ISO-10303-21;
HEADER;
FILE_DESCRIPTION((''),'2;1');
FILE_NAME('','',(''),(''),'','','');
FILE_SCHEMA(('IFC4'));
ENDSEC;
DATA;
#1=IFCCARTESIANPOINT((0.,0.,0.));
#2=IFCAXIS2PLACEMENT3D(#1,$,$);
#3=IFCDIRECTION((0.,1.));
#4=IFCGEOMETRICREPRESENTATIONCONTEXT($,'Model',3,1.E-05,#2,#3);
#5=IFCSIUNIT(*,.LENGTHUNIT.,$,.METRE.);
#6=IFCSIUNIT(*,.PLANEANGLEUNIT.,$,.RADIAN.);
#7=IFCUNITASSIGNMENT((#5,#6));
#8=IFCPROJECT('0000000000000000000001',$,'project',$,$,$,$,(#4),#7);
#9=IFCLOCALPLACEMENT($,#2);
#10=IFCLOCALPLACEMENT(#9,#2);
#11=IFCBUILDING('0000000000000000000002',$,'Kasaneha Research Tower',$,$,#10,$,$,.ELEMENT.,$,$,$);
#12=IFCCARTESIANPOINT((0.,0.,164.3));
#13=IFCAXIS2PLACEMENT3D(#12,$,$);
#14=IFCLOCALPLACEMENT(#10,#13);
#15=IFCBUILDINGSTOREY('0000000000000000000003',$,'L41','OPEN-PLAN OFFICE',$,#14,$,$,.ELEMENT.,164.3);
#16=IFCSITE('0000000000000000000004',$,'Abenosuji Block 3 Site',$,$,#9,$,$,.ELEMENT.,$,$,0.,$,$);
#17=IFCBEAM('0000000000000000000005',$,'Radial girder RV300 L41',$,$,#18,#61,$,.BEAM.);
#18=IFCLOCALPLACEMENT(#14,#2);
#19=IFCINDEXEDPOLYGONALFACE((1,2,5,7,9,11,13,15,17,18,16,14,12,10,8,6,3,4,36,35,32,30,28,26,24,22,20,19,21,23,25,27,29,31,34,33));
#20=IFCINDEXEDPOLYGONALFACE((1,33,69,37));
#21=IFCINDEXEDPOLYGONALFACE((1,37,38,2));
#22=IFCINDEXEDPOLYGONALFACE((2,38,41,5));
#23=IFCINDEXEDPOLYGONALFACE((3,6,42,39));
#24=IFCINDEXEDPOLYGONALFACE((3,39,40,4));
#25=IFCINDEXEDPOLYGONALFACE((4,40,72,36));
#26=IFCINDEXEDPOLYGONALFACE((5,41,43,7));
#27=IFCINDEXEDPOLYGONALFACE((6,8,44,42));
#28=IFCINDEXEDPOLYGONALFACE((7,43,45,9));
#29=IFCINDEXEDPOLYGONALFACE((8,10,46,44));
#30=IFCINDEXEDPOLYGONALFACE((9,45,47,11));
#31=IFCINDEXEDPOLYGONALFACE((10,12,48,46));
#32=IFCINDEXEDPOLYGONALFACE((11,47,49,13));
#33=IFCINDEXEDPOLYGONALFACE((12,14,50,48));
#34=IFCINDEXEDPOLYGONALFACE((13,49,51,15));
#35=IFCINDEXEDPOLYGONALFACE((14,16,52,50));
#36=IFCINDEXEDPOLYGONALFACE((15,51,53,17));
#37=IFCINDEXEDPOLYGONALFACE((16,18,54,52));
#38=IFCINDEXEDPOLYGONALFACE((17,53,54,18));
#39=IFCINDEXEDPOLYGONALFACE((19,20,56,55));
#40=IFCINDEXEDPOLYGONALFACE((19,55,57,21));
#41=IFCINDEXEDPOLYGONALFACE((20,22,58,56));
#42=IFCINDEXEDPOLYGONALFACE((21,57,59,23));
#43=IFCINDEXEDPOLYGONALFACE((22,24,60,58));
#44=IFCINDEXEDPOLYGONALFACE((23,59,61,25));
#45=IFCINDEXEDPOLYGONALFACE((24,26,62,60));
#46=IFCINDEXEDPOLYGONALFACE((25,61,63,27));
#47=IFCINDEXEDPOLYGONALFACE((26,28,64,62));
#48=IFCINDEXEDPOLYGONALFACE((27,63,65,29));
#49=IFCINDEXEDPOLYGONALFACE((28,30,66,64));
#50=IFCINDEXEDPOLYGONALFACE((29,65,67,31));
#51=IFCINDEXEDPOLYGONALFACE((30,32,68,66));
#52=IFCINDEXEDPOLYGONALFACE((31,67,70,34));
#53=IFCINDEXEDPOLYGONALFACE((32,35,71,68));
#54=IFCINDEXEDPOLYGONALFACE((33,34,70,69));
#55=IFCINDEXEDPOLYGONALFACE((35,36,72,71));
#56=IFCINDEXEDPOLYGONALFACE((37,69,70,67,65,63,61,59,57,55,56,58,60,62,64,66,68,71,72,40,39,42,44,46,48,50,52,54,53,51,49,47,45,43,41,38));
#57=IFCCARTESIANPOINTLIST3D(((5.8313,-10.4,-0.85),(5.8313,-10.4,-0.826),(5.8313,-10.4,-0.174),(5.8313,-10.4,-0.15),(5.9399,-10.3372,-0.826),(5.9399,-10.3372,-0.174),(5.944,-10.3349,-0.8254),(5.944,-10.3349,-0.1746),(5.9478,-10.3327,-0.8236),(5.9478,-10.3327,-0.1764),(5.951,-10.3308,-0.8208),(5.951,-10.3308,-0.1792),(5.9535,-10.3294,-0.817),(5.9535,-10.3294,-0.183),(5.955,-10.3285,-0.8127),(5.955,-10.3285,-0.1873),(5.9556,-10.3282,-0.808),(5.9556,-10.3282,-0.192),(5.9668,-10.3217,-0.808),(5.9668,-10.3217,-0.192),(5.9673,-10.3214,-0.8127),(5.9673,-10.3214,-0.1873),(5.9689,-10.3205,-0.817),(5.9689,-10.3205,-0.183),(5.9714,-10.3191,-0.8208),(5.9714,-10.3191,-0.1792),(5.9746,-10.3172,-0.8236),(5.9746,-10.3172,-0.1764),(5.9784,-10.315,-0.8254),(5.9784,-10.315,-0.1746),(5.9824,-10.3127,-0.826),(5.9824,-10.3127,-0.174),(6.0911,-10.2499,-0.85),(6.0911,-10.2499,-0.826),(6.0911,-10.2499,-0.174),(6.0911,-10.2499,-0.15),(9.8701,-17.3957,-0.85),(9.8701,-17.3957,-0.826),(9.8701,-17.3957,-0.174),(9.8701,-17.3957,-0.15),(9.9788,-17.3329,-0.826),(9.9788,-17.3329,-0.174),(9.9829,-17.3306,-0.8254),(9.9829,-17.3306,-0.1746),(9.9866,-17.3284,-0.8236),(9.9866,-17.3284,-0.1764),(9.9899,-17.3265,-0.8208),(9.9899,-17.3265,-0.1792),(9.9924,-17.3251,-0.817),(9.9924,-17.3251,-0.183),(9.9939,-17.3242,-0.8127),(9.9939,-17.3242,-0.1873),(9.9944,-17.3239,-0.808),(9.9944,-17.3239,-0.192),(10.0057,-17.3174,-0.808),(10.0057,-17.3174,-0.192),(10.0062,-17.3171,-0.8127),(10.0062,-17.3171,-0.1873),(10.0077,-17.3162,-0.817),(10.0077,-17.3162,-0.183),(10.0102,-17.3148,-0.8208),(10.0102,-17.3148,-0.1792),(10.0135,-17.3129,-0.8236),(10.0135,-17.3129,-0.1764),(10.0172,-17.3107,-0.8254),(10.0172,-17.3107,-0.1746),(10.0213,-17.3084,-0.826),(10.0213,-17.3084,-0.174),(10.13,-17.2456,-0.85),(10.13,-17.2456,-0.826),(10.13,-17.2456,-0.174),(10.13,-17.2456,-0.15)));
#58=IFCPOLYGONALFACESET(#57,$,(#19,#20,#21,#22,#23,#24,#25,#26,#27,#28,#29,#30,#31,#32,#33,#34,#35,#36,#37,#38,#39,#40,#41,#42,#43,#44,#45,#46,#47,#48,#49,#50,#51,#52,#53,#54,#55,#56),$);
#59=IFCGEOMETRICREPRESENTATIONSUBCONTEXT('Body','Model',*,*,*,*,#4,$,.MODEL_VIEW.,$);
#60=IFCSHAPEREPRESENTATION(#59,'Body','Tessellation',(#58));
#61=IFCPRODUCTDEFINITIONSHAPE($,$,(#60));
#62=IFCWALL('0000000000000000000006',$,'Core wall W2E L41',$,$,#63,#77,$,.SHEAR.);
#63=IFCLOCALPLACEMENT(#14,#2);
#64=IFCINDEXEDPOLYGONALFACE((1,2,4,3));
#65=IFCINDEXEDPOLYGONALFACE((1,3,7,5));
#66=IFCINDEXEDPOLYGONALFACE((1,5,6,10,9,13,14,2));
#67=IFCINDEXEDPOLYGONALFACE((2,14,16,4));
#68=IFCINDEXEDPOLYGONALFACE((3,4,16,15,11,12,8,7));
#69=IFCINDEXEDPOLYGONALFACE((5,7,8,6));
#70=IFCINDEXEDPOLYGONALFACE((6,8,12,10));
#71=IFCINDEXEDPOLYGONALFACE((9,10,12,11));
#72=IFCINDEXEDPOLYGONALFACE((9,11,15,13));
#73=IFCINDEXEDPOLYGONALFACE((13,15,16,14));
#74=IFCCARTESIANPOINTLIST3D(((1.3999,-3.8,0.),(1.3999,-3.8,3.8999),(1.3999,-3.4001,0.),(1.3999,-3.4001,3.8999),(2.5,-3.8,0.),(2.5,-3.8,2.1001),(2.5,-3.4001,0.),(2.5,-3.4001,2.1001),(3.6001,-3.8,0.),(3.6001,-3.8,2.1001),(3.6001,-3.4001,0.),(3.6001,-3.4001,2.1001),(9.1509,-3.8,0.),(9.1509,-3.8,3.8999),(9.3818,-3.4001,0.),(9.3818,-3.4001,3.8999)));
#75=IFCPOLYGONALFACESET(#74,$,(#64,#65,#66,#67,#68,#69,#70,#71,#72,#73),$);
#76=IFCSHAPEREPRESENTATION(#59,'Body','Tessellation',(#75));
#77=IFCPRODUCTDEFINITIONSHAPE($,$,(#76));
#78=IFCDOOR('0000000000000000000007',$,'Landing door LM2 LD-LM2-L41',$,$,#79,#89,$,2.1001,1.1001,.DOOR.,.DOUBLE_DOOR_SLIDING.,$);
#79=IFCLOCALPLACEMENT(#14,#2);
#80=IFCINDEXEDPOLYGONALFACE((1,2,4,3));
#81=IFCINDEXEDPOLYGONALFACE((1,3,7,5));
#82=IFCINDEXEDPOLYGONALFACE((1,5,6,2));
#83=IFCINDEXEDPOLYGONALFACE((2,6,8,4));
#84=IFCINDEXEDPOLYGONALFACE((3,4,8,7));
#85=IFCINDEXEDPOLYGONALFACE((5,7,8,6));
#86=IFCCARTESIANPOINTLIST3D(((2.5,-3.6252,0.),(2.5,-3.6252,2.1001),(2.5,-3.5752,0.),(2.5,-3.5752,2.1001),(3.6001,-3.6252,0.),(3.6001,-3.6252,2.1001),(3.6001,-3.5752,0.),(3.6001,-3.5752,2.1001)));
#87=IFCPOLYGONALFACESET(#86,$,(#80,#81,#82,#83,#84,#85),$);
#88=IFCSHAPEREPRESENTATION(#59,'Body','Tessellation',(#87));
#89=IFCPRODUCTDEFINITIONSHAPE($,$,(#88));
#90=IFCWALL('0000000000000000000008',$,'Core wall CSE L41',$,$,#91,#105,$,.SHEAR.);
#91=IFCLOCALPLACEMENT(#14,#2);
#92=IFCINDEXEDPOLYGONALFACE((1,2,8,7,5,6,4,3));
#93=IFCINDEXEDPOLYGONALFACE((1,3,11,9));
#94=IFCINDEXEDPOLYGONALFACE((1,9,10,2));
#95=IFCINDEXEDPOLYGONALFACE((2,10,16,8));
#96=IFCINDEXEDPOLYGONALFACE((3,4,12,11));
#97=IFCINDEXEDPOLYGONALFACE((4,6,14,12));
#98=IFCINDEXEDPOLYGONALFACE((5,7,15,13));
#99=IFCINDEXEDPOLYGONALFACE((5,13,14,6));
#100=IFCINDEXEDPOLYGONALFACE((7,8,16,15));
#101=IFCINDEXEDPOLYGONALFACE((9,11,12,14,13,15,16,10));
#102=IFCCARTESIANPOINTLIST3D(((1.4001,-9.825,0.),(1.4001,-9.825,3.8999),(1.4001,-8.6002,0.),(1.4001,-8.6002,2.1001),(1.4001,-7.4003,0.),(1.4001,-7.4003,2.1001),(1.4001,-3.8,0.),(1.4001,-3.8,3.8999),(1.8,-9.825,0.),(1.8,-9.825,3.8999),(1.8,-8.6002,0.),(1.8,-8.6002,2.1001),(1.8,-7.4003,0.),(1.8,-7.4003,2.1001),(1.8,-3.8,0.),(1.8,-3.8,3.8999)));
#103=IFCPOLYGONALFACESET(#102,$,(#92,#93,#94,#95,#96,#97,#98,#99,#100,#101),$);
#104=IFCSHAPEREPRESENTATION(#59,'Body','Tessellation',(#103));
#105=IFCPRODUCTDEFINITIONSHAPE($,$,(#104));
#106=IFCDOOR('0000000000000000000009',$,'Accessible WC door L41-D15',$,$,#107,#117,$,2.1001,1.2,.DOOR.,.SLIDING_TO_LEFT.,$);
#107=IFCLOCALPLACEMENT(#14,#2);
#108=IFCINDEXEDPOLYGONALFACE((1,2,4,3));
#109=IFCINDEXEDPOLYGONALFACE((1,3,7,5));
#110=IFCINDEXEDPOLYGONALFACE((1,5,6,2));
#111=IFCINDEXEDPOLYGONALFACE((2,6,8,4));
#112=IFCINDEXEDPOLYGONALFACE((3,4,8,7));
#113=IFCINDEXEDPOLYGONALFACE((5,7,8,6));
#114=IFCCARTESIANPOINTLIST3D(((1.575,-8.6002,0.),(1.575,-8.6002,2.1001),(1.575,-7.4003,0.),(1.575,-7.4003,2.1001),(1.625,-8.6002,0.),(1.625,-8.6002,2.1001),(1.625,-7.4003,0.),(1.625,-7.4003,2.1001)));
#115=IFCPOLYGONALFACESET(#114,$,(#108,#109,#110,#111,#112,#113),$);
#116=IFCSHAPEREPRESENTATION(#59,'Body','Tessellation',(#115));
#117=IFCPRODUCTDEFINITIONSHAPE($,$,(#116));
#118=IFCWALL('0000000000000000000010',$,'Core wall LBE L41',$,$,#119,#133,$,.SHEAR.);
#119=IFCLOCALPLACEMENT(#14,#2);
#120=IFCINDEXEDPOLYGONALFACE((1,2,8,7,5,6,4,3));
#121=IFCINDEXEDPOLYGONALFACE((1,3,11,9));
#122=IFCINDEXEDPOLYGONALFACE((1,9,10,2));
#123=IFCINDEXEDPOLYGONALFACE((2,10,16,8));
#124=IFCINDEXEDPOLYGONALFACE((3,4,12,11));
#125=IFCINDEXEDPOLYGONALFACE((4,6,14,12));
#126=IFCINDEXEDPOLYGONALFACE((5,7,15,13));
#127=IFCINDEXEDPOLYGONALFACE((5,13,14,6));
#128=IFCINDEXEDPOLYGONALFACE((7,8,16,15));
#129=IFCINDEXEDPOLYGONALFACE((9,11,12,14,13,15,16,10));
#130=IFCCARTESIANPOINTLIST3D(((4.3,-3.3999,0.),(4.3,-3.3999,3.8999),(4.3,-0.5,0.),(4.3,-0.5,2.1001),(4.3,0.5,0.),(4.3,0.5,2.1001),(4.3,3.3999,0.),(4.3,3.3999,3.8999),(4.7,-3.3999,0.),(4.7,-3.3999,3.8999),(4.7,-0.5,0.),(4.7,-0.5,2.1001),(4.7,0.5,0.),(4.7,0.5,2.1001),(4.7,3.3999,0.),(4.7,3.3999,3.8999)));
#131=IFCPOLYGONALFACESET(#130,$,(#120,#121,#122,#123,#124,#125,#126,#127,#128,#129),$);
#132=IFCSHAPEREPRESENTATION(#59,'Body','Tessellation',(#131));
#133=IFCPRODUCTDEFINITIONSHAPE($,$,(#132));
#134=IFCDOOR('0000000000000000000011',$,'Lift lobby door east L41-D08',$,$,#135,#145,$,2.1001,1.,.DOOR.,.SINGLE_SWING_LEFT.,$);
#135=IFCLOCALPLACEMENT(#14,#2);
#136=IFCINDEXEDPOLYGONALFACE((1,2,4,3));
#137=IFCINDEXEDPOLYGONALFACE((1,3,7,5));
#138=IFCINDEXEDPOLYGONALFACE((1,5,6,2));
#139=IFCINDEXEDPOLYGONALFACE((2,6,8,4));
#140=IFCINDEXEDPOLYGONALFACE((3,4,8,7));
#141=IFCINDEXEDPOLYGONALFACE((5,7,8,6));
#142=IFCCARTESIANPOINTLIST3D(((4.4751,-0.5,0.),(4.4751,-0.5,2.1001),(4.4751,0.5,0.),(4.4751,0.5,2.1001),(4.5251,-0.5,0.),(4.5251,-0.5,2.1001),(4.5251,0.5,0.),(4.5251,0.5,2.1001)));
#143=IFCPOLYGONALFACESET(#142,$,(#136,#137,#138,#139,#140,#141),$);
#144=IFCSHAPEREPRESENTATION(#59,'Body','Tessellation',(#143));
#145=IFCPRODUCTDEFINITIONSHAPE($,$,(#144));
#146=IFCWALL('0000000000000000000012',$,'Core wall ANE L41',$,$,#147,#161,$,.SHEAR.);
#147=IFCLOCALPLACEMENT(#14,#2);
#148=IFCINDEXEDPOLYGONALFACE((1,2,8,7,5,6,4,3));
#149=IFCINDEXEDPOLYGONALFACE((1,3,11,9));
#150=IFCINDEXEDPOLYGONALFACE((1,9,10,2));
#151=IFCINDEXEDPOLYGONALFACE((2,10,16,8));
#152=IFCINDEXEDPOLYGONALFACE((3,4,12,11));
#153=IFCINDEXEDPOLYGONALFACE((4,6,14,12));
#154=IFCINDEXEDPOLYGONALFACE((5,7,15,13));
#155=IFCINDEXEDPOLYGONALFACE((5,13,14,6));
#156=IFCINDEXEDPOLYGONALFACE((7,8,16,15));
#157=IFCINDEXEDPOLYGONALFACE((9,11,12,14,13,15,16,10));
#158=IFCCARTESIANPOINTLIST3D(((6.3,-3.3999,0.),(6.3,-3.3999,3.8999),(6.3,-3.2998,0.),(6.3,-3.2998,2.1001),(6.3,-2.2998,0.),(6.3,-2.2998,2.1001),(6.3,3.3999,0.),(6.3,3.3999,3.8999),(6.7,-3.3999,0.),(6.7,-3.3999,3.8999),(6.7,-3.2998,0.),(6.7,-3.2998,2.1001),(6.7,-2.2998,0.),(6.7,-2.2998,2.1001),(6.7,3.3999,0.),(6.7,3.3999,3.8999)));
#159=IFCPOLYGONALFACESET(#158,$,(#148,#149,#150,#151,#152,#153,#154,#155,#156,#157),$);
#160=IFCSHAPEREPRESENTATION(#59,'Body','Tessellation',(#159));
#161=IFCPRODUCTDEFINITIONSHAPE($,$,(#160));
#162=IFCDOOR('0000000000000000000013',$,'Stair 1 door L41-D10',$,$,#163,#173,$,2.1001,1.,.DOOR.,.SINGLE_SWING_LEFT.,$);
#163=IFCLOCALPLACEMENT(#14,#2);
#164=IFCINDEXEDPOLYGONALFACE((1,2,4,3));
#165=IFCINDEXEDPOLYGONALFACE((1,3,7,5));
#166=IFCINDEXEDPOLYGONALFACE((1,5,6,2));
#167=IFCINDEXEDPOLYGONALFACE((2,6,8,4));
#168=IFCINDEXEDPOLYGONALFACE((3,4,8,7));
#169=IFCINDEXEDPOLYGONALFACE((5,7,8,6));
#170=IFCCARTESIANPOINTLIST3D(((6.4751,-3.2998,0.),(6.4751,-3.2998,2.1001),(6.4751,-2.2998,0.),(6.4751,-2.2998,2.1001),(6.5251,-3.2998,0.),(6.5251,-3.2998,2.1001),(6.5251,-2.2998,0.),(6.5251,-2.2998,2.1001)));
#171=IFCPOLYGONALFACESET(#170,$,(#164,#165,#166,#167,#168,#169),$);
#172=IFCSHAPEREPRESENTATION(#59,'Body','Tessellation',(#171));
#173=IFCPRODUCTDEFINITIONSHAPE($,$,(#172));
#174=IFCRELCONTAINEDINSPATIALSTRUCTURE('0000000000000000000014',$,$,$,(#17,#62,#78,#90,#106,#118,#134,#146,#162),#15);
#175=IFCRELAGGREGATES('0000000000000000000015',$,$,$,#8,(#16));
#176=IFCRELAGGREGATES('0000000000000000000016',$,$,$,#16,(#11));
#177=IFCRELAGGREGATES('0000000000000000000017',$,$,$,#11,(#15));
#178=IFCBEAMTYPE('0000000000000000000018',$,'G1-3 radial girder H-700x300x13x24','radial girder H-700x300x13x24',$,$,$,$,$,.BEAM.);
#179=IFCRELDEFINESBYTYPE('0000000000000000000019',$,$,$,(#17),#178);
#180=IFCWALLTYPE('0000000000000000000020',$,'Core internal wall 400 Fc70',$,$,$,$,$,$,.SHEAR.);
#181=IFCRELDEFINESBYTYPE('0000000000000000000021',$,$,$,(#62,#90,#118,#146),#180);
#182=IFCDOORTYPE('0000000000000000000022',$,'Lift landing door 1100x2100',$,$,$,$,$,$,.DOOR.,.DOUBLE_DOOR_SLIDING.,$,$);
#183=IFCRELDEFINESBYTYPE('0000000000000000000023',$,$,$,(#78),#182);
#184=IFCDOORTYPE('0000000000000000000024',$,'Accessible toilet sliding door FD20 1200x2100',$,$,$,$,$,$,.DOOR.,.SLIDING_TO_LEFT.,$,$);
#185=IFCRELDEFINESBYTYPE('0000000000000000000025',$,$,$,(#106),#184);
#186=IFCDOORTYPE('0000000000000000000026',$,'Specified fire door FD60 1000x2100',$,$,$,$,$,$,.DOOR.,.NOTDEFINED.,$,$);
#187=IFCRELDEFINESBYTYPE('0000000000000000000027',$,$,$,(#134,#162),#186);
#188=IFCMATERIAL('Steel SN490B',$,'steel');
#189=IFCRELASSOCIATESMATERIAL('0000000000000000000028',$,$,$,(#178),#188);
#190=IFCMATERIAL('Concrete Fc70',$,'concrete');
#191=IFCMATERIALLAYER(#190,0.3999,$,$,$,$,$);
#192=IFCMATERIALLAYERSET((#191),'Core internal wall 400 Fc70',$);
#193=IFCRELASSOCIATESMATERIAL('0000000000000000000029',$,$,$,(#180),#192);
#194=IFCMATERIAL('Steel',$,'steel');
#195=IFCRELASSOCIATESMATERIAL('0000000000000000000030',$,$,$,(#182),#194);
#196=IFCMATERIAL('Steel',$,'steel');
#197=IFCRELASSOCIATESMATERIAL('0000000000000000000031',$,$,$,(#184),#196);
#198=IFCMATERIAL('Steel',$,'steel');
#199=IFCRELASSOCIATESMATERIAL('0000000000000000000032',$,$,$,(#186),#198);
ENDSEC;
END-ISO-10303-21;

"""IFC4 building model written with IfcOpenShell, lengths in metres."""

from ifc_helpers import new_model, si_unit, direction, frame, frame_2d, origin, origin_2d, place, context, subcontext, project, spatial, polyline, rectangle, i_section, outline, extrude, material, layer, layer_set, material_profile, profile_set, type_object, element, fill, save


model = new_model("IFC4")

# Units and contexts
model_context = context("Model", 3, precision=1e-05, world=origin(), true_north=direction((0.0, 1.0)))
body_context = subcontext(model_context, "Body", "Model", "MODEL_VIEW")
ifc_project = project(units=[si_unit("LENGTHUNIT", "METRE"), si_unit("PLANEANGLEUNIT", "RADIAN")], contexts=[model_context])

# Site, building, storey
site_placement = place(None, origin())
site = spatial("IfcSite", under=ifc_project, at=site_placement, Name="Abenosuji Block 3 Site", CompositionType="ELEMENT", RefElevation=0.0)
building_placement = place(site_placement, origin())
building = spatial("IfcBuilding", under=site, at=building_placement, Name="Kasaneha Research Tower", CompositionType="ELEMENT")
storey_placement = place(building_placement, frame((0.0, 0.0, 164.3)))
storey = spatial("IfcBuildingStorey", under=building, at=storey_placement, Name="L41", Description="OPEN-PLAN OFFICE", CompositionType="ELEMENT", Elevation=164.3)

# Beam
ifc_material_1 = material(Name="Steel SN490B", Category="steel")
ifc_material_profile_1 = material_profile(ifc_material_1, i_section(OverallWidth=0.3, OverallDepth=0.7, WebThickness=0.0129, FlangeThickness=0.0239, FilletRadius=0.0181, at=origin_2d()), Name="H-700x300x13x24")
ifc_profile_set_1 = profile_set([ifc_material_profile_1], Name="Steel SN490B")
beam_type_1 = type_object("IfcBeamType", Name="G1-3 radial girder H-700x300x13x24", Description="radial girder H-700x300x13x24", PredefinedType="BEAM", material=ifc_profile_set_1)
beam_1_placement = place(storey_placement, frame((5.9612, -10.325, -0.5), z_axis=(0.499991, -0.866031, 0.0), x_axis=(0.866031, 0.499991, 0.0)))
element("IfcBeam", 1, at=beam_1_placement, inside=storey, type_object=beam_type_1, Name="Radial girder RV300 L41", PredefinedType="BEAM", context=body_context, shape_type="SweptSolid", body=[
    extrude(i_section(OverallWidth=0.3, OverallDepth=0.7, WebThickness=0.0129, FlangeThickness=0.0239, FilletRadius=0.0181, at=origin_2d()), origin(), (0.0, 0.0, 1.0), 8.0779),
])

# Walls, openings, doors
ifc_material_2 = material(Name="Concrete Fc70", Category="concrete")
ifc_layer_1 = layer(ifc_material_2, 0.3999)
ifc_layer_set_1 = layer_set([ifc_layer_1], Name="Core internal wall 400 Fc70")
wall_type_1 = type_object("IfcWallType", Name="Core internal wall 400 Fc70", PredefinedType="SHEAR", material=ifc_layer_set_1)
wall_1_placement = place(storey_placement, frame((1.3999, -3.6001, 0.0), z_axis=(0.0, 0.0, 1.0), x_axis=(1.0, 0.0, 0.0)))
wall_1 = element("IfcWall", 2, at=wall_1_placement, inside=storey, type_object=wall_type_1, Name="Core wall W2E L41", PredefinedType="SHEAR", context=body_context, shape_type="SweptSolid", body=[
    extrude(outline(polyline([(0.0, -0.2), (1.1001, -0.2), (2.2002, -0.2), (7.751, -0.2), (7.9819, 0.2), (2.2002, 0.2), (1.1001, 0.2), (0.0, 0.2), (0.0, -0.2)])), origin(), (0.0, 0.0, 1.0), 3.8999),
])
opening_1_placement = place(wall_1_placement, frame((1.1001, 0.0, 0.0)))
opening_1 = element("IfcOpeningElement", 3, at=opening_1_placement, cuts=wall_1, PredefinedType="OPENING", context=body_context, shape_type="SweptSolid", body=[
    extrude(rectangle(XDim=1.1001, YDim=2.1001, at=frame_2d((0.55, 1.05))), frame((0.0, 0.21, 0.0), z_axis=(0.0, -1.0, 0.0), x_axis=(1.0, 0.0, 0.0)), (0.0, 0.0, 1.0), 0.4199),
])
ifc_material_3 = material(Name="Steel", Category="steel")
door_type_1 = type_object("IfcDoorType", Name="Lift landing door 1100x2100", OperationType="DOUBLE_DOOR_SLIDING", PredefinedType="DOOR", material=ifc_material_3)
door_1_placement = place(opening_1_placement, origin())
door_1 = element("IfcDoor", 4, at=door_1_placement, inside=storey, type_object=door_type_1, Name="Landing door LM2 LD-LM2-L41", OperationType="DOUBLE_DOOR_SLIDING", OverallHeight=2.1001, OverallWidth=1.1001, PredefinedType="DOOR", context=body_context, shape_type="SweptSolid", body=[
    extrude(rectangle(XDim=1.1001, YDim=2.1001, at=frame_2d((0.55, 1.05))), frame((0.0, 0.0249, 0.0), z_axis=(0.0, -1.0, 0.0), x_axis=(1.0, 0.0, 0.0)), (0.0, 0.0, 1.0), 0.05),
])
fill(opening_1, door_1)
wall_2_placement = place(storey_placement, frame((1.6001, -3.8, 0.0), z_axis=(0.0, 0.0, 1.0), x_axis=(0.0, -1.0, 0.0)))
wall_2 = element("IfcWall", 5, at=wall_2_placement, inside=storey, type_object=wall_type_1, Name="Core wall CSE L41", PredefinedType="SHEAR", context=body_context, shape_type="SweptSolid", body=[
    extrude(rectangle(XDim=6.0249, YDim=0.3999, at=frame_2d((3.0125, 0.0))), origin(), (0.0, 0.0, 1.0), 3.8999),
])
opening_2_placement = place(wall_2_placement, frame((3.6001, 0.0, 0.0)))
opening_2 = element("IfcOpeningElement", 6, at=opening_2_placement, cuts=wall_2, PredefinedType="OPENING", context=body_context, shape_type="SweptSolid", body=[
    extrude(rectangle(XDim=1.2, YDim=2.1001, at=frame_2d((0.6001, 1.05))), frame((0.0, 0.21, 0.0), z_axis=(0.0, -1.0, 0.0), x_axis=(1.0, 0.0, 0.0)), (0.0, 0.0, 1.0), 0.4199),
])
ifc_material_4 = material(Name="Steel", Category="steel")
door_type_2 = type_object("IfcDoorType", Name="Accessible toilet sliding door FD20 1200x2100", OperationType="SLIDING_TO_LEFT", PredefinedType="DOOR", material=ifc_material_4)
door_2_placement = place(opening_2_placement, origin())
door_2 = element("IfcDoor", 7, at=door_2_placement, inside=storey, type_object=door_type_2, Name="Accessible WC door L41-D15", OperationType="SLIDING_TO_LEFT", OverallHeight=2.1001, OverallWidth=1.2, PredefinedType="DOOR", context=body_context, shape_type="SweptSolid", body=[
    extrude(rectangle(XDim=1.2, YDim=2.1001, at=frame_2d((0.6001, 1.05))), frame((0.0, 0.0249, 0.0), z_axis=(0.0, -1.0, 0.0), x_axis=(1.0, 0.0, 0.0)), (0.0, 0.0, 1.0), 0.05),
])
fill(opening_2, door_2)
wall_3_placement = place(storey_placement, frame((4.5, -3.3999, 0.0), z_axis=(0.0, 0.0, 1.0), x_axis=(0.0, 1.0, 0.0)))
wall_3 = element("IfcWall", 8, at=wall_3_placement, inside=storey, type_object=wall_type_1, Name="Core wall LBE L41", PredefinedType="SHEAR", context=body_context, shape_type="SweptSolid", body=[
    extrude(rectangle(XDim=6.7998, YDim=0.3999, at=frame_2d((3.3999, 0.0))), origin(), (0.0, 0.0, 1.0), 3.8999),
])
opening_3_placement = place(wall_3_placement, frame((2.8999, 0.0, 0.0)))
opening_3 = element("IfcOpeningElement", 9, at=opening_3_placement, cuts=wall_3, PredefinedType="OPENING", context=body_context, shape_type="SweptSolid", body=[
    extrude(rectangle(XDim=1.0, YDim=2.1001, at=frame_2d((0.5, 1.05))), frame((0.0, 0.21, 0.0), z_axis=(0.0, -1.0, 0.0), x_axis=(1.0, 0.0, 0.0)), (0.0, 0.0, 1.0), 0.4199),
])
ifc_material_5 = material(Name="Steel", Category="steel")
door_type_3 = type_object("IfcDoorType", Name="Specified fire door FD60 1000x2100", OperationType="NOTDEFINED", PredefinedType="DOOR", material=ifc_material_5)
door_3_placement = place(opening_3_placement, origin())
door_3 = element("IfcDoor", 10, at=door_3_placement, inside=storey, type_object=door_type_3, Name="Lift lobby door east L41-D08", OperationType="SINGLE_SWING_LEFT", OverallHeight=2.1001, OverallWidth=1.0, PredefinedType="DOOR", context=body_context, shape_type="SweptSolid", body=[
    extrude(rectangle(XDim=1.0, YDim=2.1001, at=frame_2d((0.5, 1.05))), frame((0.0, 0.0249, 0.0), z_axis=(0.0, -1.0, 0.0), x_axis=(1.0, 0.0, 0.0)), (0.0, 0.0, 1.0), 0.05),
])
fill(opening_3, door_3)
wall_4_placement = place(storey_placement, frame((6.5, -3.3999, 0.0), z_axis=(0.0, 0.0, 1.0), x_axis=(0.0, 1.0, 0.0)))
wall_4 = element("IfcWall", 11, at=wall_4_placement, inside=storey, type_object=wall_type_1, Name="Core wall ANE L41", PredefinedType="SHEAR", context=body_context, shape_type="SweptSolid", body=[
    extrude(rectangle(XDim=6.7998, YDim=0.3999, at=frame_2d((3.3999, 0.0))), origin(), (0.0, 0.0, 1.0), 3.8999),
])
opening_4_placement = place(wall_4_placement, frame((0.1001, 0.0, 0.0)))
opening_4 = element("IfcOpeningElement", 12, at=opening_4_placement, cuts=wall_4, PredefinedType="OPENING", context=body_context, shape_type="SweptSolid", body=[
    extrude(rectangle(XDim=1.0, YDim=2.1001, at=frame_2d((0.5, 1.05))), frame((0.0, 0.21, 0.0), z_axis=(0.0, -1.0, 0.0), x_axis=(1.0, 0.0, 0.0)), (0.0, 0.0, 1.0), 0.4199),
])
door_4_placement = place(opening_4_placement, origin())
door_4 = element("IfcDoor", 13, at=door_4_placement, inside=storey, type_object=door_type_3, Name="Stair 1 door L41-D10", OperationType="SINGLE_SWING_LEFT", OverallHeight=2.1001, OverallWidth=1.0, PredefinedType="DOOR", context=body_context, shape_type="SweptSolid", body=[
    extrude(rectangle(XDim=1.0, YDim=2.1001, at=frame_2d((0.5, 1.05))), frame((0.0, 0.0249, 0.0), z_axis=(0.0, -1.0, 0.0), x_axis=(1.0, 0.0, 0.0)), (0.0, 0.0, 1.0), 0.05),
])
fill(opening_4, door_4)

save(model, "model.ifc")
